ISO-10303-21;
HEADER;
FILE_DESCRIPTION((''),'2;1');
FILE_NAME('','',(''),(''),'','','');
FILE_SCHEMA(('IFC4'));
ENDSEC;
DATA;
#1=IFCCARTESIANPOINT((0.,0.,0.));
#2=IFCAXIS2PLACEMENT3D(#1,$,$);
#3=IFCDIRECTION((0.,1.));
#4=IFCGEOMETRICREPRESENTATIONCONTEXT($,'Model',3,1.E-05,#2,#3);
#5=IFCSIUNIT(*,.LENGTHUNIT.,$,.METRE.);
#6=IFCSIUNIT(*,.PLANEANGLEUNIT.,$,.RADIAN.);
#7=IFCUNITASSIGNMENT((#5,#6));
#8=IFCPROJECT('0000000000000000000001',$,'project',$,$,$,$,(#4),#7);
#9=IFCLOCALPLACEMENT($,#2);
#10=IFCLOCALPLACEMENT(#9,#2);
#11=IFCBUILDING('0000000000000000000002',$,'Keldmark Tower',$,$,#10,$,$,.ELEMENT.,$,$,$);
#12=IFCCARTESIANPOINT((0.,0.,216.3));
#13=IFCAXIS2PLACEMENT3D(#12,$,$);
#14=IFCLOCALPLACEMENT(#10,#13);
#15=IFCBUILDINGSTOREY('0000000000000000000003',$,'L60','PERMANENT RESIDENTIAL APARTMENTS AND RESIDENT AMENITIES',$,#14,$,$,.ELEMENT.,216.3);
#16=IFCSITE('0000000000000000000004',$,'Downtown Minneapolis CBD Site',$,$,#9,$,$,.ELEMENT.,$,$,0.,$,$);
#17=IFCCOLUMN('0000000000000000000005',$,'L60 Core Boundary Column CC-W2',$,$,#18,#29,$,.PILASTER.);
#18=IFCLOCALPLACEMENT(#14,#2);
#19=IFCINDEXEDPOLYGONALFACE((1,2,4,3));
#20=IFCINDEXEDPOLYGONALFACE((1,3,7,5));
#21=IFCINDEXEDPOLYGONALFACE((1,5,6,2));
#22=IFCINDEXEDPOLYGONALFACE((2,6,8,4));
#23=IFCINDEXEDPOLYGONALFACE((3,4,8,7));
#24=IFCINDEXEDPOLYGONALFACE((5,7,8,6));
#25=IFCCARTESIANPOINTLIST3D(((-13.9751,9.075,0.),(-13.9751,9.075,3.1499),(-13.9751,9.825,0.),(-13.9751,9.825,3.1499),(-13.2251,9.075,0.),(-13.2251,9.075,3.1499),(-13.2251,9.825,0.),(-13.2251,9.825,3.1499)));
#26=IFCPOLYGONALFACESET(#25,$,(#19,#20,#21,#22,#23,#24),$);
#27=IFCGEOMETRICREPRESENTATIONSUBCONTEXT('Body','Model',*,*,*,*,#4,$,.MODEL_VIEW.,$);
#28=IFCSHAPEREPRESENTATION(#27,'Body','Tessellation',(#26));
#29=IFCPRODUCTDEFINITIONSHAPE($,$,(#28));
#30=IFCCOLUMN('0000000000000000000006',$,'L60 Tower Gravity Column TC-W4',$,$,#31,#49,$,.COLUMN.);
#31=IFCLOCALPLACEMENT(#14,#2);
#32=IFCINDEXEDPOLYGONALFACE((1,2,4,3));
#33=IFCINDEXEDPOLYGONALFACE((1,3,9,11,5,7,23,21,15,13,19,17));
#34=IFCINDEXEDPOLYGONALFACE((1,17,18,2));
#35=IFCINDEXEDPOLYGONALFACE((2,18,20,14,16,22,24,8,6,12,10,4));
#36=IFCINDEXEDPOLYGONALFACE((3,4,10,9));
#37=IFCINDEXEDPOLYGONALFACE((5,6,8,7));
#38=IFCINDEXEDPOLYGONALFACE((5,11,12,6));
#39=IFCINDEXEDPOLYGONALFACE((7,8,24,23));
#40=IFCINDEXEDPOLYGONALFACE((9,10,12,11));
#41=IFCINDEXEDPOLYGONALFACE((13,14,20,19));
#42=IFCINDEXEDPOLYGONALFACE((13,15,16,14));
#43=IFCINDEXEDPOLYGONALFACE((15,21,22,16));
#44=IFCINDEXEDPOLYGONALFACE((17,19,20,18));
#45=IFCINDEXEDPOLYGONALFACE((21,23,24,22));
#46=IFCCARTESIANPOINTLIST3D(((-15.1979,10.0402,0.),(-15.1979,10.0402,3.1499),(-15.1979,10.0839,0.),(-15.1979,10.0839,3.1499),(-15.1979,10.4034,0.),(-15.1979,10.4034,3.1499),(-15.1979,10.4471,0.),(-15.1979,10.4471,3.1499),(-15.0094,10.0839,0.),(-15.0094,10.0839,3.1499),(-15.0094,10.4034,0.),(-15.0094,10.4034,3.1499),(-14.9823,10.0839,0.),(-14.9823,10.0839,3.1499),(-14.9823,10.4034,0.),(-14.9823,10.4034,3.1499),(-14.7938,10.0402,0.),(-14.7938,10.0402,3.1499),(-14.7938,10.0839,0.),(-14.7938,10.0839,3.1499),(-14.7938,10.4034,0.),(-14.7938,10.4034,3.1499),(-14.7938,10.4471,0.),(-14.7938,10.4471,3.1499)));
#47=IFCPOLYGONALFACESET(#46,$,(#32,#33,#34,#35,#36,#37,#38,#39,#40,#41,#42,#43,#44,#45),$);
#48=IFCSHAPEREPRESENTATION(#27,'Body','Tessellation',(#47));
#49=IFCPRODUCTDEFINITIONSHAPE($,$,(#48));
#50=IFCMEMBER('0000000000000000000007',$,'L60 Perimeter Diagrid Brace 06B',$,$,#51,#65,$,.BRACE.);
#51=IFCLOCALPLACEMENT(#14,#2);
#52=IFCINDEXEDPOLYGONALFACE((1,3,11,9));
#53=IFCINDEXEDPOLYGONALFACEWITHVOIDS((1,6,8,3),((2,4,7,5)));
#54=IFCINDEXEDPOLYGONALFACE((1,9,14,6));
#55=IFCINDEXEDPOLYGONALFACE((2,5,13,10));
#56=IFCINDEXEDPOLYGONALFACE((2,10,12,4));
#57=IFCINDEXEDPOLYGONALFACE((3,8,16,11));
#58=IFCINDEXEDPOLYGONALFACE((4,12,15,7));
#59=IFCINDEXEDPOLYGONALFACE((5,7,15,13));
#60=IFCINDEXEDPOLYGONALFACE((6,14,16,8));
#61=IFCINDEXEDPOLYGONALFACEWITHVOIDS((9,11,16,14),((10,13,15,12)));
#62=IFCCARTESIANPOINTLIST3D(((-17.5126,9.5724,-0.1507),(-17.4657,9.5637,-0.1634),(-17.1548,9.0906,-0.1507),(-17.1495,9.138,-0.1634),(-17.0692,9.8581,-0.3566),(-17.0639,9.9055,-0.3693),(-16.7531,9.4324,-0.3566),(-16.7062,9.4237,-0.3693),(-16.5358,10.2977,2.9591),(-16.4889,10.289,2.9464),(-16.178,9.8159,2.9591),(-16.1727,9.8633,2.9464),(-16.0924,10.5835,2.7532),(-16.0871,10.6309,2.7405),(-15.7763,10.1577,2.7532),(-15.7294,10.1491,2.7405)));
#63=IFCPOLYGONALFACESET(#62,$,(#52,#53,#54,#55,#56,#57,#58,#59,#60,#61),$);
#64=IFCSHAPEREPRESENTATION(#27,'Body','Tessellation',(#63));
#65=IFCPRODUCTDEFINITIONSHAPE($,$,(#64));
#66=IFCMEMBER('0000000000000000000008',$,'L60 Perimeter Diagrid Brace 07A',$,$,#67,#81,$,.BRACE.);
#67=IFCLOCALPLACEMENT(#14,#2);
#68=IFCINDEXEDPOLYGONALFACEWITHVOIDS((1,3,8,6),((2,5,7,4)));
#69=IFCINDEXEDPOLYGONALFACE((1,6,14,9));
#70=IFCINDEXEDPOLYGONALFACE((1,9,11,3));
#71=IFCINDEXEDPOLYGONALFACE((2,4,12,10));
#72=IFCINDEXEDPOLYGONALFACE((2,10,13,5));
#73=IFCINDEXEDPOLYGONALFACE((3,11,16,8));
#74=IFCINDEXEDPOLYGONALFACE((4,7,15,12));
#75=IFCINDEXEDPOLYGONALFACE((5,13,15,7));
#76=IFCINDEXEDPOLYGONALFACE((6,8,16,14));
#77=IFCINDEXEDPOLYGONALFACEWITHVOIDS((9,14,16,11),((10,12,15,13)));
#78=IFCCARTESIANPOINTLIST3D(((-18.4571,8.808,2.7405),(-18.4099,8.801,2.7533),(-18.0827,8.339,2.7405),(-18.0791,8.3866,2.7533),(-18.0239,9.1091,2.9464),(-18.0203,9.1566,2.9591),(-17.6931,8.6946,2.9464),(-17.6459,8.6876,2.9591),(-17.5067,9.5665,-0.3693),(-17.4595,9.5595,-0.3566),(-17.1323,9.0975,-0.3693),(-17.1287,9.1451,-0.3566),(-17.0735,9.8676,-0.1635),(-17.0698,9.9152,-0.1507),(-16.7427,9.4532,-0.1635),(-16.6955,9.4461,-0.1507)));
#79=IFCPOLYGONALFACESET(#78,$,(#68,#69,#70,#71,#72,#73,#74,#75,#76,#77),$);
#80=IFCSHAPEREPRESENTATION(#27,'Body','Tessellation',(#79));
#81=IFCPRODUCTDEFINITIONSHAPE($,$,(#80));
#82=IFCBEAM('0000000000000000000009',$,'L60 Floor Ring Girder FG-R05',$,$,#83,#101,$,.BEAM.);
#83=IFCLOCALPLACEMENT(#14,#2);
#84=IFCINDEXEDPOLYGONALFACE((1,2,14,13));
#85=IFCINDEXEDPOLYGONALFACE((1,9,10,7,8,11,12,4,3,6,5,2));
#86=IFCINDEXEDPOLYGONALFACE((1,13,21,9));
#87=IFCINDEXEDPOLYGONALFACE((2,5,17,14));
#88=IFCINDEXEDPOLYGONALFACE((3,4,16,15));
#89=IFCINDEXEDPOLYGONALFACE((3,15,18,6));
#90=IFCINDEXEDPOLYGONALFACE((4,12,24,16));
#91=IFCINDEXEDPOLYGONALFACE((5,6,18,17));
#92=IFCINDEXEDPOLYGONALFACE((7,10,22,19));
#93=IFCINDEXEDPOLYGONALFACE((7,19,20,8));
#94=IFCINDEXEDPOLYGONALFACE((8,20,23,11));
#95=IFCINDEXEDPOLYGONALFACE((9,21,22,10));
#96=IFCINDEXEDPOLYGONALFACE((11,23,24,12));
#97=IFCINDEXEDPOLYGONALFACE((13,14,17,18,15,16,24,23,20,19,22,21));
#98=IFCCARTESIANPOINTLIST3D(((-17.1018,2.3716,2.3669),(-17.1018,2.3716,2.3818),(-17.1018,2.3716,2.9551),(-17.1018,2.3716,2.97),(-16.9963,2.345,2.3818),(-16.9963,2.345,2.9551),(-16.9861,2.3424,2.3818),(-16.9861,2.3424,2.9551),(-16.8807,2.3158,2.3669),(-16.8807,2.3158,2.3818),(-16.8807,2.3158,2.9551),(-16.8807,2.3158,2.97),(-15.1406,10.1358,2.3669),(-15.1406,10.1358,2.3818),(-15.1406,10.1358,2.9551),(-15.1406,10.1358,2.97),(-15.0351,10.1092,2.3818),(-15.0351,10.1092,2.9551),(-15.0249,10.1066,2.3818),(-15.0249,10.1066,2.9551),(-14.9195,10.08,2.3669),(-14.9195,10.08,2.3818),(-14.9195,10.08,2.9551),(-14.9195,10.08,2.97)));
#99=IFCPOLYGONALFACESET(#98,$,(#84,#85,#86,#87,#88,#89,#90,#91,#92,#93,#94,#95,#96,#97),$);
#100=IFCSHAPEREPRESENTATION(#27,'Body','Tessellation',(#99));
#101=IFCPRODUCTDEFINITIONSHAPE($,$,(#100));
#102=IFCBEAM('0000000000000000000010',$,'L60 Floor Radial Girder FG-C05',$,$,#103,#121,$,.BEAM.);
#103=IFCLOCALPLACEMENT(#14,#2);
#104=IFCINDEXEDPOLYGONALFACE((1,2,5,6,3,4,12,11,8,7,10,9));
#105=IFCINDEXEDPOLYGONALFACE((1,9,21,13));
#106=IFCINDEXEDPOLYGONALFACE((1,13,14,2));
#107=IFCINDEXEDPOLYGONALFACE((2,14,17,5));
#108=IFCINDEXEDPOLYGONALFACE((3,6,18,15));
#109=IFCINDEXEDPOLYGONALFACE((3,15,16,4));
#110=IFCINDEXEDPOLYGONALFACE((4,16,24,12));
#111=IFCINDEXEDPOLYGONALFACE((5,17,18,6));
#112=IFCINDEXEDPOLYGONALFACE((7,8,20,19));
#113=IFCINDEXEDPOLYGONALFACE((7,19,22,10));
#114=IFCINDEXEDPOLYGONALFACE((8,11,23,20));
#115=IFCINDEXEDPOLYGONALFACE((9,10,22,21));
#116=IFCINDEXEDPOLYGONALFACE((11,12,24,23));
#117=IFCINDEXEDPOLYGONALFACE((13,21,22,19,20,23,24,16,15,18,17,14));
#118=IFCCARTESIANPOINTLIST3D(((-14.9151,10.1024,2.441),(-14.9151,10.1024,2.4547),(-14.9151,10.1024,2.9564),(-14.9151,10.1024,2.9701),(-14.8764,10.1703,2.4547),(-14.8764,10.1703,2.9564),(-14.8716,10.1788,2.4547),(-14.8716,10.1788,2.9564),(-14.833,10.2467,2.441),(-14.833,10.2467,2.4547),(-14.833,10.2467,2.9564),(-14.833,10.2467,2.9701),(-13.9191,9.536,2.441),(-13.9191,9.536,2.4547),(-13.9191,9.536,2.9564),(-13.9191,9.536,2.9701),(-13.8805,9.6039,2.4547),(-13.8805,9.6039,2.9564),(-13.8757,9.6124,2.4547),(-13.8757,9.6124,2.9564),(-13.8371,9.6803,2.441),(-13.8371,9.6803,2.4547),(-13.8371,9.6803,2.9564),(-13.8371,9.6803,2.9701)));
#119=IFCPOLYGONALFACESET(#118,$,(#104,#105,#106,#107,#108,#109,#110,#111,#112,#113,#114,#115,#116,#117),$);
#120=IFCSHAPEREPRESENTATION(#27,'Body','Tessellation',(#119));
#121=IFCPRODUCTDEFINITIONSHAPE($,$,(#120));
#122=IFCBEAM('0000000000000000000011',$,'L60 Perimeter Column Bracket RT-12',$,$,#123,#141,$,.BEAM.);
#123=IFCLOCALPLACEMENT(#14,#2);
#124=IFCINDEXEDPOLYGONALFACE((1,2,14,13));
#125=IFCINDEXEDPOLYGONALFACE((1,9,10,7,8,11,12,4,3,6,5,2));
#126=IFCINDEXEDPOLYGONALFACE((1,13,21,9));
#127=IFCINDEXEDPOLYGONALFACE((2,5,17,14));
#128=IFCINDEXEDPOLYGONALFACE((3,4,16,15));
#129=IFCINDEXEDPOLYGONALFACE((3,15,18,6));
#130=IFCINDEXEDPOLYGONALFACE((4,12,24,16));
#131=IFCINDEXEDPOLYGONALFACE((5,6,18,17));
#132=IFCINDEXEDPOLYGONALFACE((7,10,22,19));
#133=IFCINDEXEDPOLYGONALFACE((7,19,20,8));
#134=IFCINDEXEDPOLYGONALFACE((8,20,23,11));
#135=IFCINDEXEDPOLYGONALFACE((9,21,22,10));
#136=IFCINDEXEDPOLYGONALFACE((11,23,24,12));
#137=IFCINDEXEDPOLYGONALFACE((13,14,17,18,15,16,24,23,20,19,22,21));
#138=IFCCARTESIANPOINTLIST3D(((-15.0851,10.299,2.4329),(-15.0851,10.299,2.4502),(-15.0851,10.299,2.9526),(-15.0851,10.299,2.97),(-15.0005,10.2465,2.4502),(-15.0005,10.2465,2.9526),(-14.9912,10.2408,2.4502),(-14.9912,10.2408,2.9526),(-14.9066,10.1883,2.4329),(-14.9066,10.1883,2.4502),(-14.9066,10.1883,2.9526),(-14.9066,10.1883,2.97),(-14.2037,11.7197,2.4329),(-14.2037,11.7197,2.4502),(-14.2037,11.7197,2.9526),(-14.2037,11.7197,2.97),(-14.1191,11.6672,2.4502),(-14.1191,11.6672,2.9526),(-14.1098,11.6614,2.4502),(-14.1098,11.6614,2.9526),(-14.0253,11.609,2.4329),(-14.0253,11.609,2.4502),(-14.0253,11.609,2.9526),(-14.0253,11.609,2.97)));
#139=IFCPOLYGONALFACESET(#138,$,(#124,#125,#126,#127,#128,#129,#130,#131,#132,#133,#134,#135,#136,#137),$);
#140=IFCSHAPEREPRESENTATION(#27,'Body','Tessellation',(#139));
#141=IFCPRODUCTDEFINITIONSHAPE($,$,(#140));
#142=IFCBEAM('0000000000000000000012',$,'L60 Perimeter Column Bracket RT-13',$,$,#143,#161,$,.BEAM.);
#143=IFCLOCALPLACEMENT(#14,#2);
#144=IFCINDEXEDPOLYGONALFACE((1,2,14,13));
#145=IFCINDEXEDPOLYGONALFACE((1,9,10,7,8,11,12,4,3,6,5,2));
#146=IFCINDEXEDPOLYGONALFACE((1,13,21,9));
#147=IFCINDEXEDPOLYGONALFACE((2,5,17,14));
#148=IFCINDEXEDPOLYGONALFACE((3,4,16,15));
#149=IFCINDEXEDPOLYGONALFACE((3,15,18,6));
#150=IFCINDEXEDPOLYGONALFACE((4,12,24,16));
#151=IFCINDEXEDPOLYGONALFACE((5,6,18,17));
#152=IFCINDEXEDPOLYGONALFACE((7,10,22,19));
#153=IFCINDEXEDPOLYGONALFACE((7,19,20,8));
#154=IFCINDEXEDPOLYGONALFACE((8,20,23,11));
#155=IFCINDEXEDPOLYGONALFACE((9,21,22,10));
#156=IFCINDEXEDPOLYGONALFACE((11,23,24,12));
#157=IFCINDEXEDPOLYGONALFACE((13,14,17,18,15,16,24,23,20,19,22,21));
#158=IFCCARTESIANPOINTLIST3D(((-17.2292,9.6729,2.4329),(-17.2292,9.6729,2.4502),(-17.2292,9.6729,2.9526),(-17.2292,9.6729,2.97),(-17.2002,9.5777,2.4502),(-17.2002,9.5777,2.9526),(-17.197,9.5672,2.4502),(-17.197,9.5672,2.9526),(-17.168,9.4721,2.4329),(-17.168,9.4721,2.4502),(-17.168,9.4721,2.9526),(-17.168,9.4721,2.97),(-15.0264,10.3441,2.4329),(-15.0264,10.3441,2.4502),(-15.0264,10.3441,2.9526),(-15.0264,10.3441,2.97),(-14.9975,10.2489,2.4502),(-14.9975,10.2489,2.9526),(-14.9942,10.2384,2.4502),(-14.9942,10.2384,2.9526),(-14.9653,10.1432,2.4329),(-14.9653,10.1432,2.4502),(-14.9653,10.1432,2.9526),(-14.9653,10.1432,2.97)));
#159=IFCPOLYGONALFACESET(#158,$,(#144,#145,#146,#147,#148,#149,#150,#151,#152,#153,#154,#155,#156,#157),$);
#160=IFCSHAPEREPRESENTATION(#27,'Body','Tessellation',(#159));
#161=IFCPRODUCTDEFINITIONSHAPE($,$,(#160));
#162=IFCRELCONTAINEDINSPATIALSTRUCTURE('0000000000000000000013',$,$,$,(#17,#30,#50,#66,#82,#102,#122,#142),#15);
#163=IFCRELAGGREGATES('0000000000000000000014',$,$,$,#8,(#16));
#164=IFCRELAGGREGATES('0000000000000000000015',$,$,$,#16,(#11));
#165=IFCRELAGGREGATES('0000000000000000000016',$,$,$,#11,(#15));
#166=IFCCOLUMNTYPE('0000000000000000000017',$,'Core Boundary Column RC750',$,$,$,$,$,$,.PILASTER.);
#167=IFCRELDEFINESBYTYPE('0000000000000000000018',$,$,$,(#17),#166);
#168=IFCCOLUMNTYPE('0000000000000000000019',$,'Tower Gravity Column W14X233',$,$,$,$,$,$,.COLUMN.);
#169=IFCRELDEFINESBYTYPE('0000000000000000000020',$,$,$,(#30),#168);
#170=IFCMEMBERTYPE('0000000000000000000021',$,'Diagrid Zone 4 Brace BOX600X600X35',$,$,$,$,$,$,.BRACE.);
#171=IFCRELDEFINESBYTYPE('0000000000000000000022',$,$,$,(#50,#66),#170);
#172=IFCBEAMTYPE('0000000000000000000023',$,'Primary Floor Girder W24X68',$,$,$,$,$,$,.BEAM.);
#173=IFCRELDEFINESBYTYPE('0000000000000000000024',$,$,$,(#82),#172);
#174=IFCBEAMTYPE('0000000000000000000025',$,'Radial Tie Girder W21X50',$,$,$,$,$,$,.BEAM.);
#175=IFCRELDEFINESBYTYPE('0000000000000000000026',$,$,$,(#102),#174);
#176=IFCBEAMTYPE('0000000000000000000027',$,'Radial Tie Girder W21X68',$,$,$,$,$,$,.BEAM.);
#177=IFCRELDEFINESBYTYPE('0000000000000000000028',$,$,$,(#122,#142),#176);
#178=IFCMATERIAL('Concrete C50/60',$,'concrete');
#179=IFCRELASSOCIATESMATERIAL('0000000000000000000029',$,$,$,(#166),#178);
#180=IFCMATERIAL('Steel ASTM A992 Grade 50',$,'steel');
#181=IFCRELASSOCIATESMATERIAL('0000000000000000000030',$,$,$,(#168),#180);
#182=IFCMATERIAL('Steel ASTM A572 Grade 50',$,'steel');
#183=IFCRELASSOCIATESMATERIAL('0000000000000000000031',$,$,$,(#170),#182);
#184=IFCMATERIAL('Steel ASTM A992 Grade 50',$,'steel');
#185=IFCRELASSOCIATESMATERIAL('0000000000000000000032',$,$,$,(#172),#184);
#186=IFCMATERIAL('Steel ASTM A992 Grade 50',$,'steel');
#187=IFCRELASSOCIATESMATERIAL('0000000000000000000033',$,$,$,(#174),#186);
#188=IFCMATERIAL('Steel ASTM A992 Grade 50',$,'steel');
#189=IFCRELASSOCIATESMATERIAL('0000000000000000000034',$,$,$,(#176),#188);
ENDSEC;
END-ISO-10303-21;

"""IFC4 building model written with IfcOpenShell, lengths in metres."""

from ifc_helpers import new_model, si_unit, direction, frame, origin, origin_2d, place, context, subcontext, project, spatial, rectangle, hollow_rectangle, i_section, extrude, material, material_profile, profile_set, type_object, element, save


model = new_model("IFC4")

# Units and contexts
model_context = context("Model", 3, precision=1e-05, world=origin(), true_north=direction((0.0, 1.0)))
body_context = subcontext(model_context, "Body", "Model", "MODEL_VIEW")
ifc_project = project(units=[si_unit("LENGTHUNIT", "METRE"), si_unit("PLANEANGLEUNIT", "RADIAN")], contexts=[model_context])

# Site, building, storey
site_placement = place(None, origin())
site = spatial("IfcSite", under=ifc_project, at=site_placement, Name="Downtown Minneapolis CBD Site", CompositionType="ELEMENT", RefElevation=0.0)
building_placement = place(site_placement, origin())
building = spatial("IfcBuilding", under=site, at=building_placement, Name="Keldmark Tower", CompositionType="ELEMENT")
storey_placement = place(building_placement, frame((0.0, 0.0, 216.3)))
storey = spatial("IfcBuildingStorey", under=building, at=storey_placement, Name="L60", Description="PERMANENT RESIDENTIAL APARTMENTS AND RESIDENT AMENITIES", CompositionType="ELEMENT", Elevation=216.3)

# Columns
ifc_material_1 = material(Name="Concrete C50/60", Category="concrete")
ifc_material_profile_1 = material_profile(ifc_material_1, rectangle(XDim=0.75, YDim=0.75, at=origin_2d()), Name="RC750X750")
ifc_profile_set_1 = profile_set([ifc_material_profile_1], Name="Concrete C50/60")
column_type_1 = type_object("IfcColumnType", Name="Core Boundary Column RC750", PredefinedType="PILASTER", material=ifc_profile_set_1)
column_1_placement = place(storey_placement, frame((-13.6001, 9.45, 0.0), z_axis=(0.0, 0.0, 1.0), x_axis=(1.0, 0.0, 0.0)))
element("IfcColumn", 1, at=column_1_placement, inside=storey, type_object=column_type_1, Name="L60 Core Boundary Column CC-W2", PredefinedType="PILASTER", context=body_context, shape_type="SweptSolid", body=[
    extrude(rectangle(XDim=0.75, YDim=0.75, at=origin_2d()), origin(), (0.0, 0.0, 1.0), 3.1499),
])
ifc_material_2 = material(Name="Steel ASTM A992 Grade 50", Category="steel")
ifc_material_profile_2 = material_profile(ifc_material_2, i_section(OverallWidth=0.4041, OverallDepth=0.407, WebThickness=0.0271, FlangeThickness=0.0437, at=origin_2d()), Name="W14X233")
ifc_profile_set_2 = profile_set([ifc_material_profile_2], Name="Steel ASTM A992 Grade 50")
column_type_2 = type_object("IfcColumnType", Name="Tower Gravity Column W14X233", PredefinedType="COLUMN", material=ifc_profile_set_2)
column_2_placement = place(storey_placement, frame((-14.9958, 10.2437, 0.0), z_axis=(0.0, 0.0, 1.0), x_axis=(1.0, 0.0, 0.0)))
element("IfcColumn", 2, at=column_2_placement, inside=storey, type_object=column_type_2, Name="L60 Tower Gravity Column TC-W4", PredefinedType="COLUMN", context=body_context, shape_type="SweptSolid", body=[
    extrude(i_section(OverallWidth=0.4041, OverallDepth=0.407, WebThickness=0.0271, FlangeThickness=0.0437, at=origin_2d()), origin(), (0.0, 0.0, 1.0), 3.1499),
])

# Members
ifc_material_3 = material(Name="Steel ASTM A572 Grade 50", Category="steel")
ifc_material_profile_3 = material_profile(ifc_material_3, hollow_rectangle(XDim=0.6001, YDim=0.6001, WallThickness=0.0349, at=origin_2d()), Name="BOX600X600X35")
ifc_profile_set_3 = profile_set([ifc_material_profile_3], Name="Steel ASTM A572 Grade 50")
member_type = type_object("IfcMemberType", Name="Diagrid Zone 4 Brace BOX600X600X35", PredefinedType="BRACE", material=ifc_profile_set_3)
member_1_placement = place(storey_placement, frame((-17.1094, 9.498, -0.26), z_axis=(0.292511, 0.217208, 0.931267), x_axis=(-0.596173, 0.802856, 0.0)))
element("IfcMember", 3, at=member_1_placement, inside=storey, type_object=member_type, Name="L60 Perimeter Diagrid Brace 06B", PredefinedType="BRACE", context=body_context, shape_type="SweptSolid", body=[
    extrude(hollow_rectangle(XDim=0.6001, YDim=0.6001, WallThickness=0.0349, at=origin_2d()), origin(), (0.0, 0.0, 1.0), 3.3394),
])
member_2_placement = place(storey_placement, frame((-17.1011, 9.5063, -0.26), z_axis=(-0.284634, -0.227167, 0.931332), x_axis=(0.623789, -0.781593, 0.0)))
element("IfcMember", 4, at=member_2_placement, inside=storey, type_object=member_type, Name="L60 Perimeter Diagrid Brace 07A", PredefinedType="BRACE", context=body_context, shape_type="SweptSolid", body=[
    extrude(hollow_rectangle(XDim=0.6001, YDim=0.6001, WallThickness=0.0349, at=origin_2d()), origin(), (0.0, 0.0, 1.0), 3.3391),
])

# Beams
ifc_material_4 = material(Name="Steel ASTM A992 Grade 50", Category="steel")
ifc_material_profile_4 = material_profile(ifc_material_4, i_section(OverallWidth=0.228, OverallDepth=0.603, WebThickness=0.0105, FlangeThickness=0.0149, at=origin_2d()), Name="W24X68")
ifc_profile_set_4 = profile_set([ifc_material_profile_4], Name="Steel ASTM A992 Grade 50")
beam_type_1 = type_object("IfcBeamType", Name="Primary Floor Girder W24X68", PredefinedType="BEAM", material=ifc_profile_set_4)
beam_1_placement = place(storey_placement, frame((-15.03, 10.1079, 2.6685), z_axis=(-0.244902, -0.969548, 0.0), x_axis=(0.969548, -0.244902, 0.0)))
element("IfcBeam", 5, at=beam_1_placement, inside=storey, type_object=beam_type_1, Name="L60 Floor Ring Girder FG-R05", PredefinedType="BEAM", context=body_context, shape_type="SweptSolid", body=[
    extrude(i_section(OverallWidth=0.228, OverallDepth=0.603, WebThickness=0.0105, FlangeThickness=0.0149, at=origin_2d()), origin(), (0.0, 0.0, 1.0), 8.0081),
])
ifc_material_5 = material(Name="Steel ASTM A992 Grade 50", Category="steel")
ifc_material_profile_5 = material_profile(ifc_material_5, i_section(OverallWidth=0.166, OverallDepth=0.5291, WebThickness=0.0098, FlangeThickness=0.0137, at=origin_2d()), Name="W21X50")
ifc_profile_set_5 = profile_set([ifc_material_profile_5], Name="Steel ASTM A992 Grade 50")
beam_type_2 = type_object("IfcBeamType", Name="Radial Tie Girder W21X50", PredefinedType="BEAM", material=ifc_profile_set_5)
beam_2_placement = place(storey_placement, frame((-14.874, 10.1746, 2.7056), z_axis=(0.869238, -0.494394, 0.0), x_axis=(0.494394, 0.869238, 0.0)))
element("IfcBeam", 6, at=beam_2_placement, inside=storey, type_object=beam_type_2, Name="L60 Floor Radial Girder FG-C05", PredefinedType="BEAM", context=body_context, shape_type="SweptSolid", body=[
    extrude(i_section(OverallWidth=0.166, OverallDepth=0.5291, WebThickness=0.0098, FlangeThickness=0.0137, at=origin_2d()), origin(), (0.0, 0.0, 1.0), 1.1458),
])
ifc_material_6 = material(Name="Steel ASTM A992 Grade 50", Category="steel")
ifc_material_profile_6 = material_profile(ifc_material_6, i_section(OverallWidth=0.21, OverallDepth=0.5371, WebThickness=0.011, FlangeThickness=0.0173, at=origin_2d()), Name="W21X68")
ifc_profile_set_6 = profile_set([ifc_material_profile_6], Name="Steel ASTM A992 Grade 50")
beam_type_3 = type_object("IfcBeamType", Name="Radial Tie Girder W21X68", PredefinedType="BEAM", material=ifc_profile_set_6)
beam_3_placement = place(storey_placement, frame((-14.9958, 10.2437, 2.7014), z_axis=(0.527174, 0.849757, 0.0), x_axis=(-0.849757, 0.527174, 0.0)))
element("IfcBeam", 7, at=beam_3_placement, inside=storey, type_object=beam_type_3, Name="L60 Perimeter Column Bracket RT-12", PredefinedType="BEAM", context=body_context, shape_type="SweptSolid", body=[
    extrude(i_section(OverallWidth=0.21, OverallDepth=0.5371, WebThickness=0.011, FlangeThickness=0.0173, at=origin_2d()), origin(), (0.0, 0.0, 1.0), 1.6719),
])
beam_4_placement = place(storey_placement, frame((-14.9958, 10.2437, 2.7014), z_axis=(-0.95658, -0.29147, 0.0), x_axis=(0.29147, -0.95658, 0.0)))
element("IfcBeam", 8, at=beam_4_placement, inside=storey, type_object=beam_type_3, Name="L60 Perimeter Column Bracket RT-13", PredefinedType="BEAM", context=body_context, shape_type="SweptSolid", body=[
    extrude(i_section(OverallWidth=0.21, OverallDepth=0.5371, WebThickness=0.011, FlangeThickness=0.0173, at=origin_2d()), origin(), (0.0, 0.0, 1.0), 2.3027),
])

save(model, "model.ifc")
